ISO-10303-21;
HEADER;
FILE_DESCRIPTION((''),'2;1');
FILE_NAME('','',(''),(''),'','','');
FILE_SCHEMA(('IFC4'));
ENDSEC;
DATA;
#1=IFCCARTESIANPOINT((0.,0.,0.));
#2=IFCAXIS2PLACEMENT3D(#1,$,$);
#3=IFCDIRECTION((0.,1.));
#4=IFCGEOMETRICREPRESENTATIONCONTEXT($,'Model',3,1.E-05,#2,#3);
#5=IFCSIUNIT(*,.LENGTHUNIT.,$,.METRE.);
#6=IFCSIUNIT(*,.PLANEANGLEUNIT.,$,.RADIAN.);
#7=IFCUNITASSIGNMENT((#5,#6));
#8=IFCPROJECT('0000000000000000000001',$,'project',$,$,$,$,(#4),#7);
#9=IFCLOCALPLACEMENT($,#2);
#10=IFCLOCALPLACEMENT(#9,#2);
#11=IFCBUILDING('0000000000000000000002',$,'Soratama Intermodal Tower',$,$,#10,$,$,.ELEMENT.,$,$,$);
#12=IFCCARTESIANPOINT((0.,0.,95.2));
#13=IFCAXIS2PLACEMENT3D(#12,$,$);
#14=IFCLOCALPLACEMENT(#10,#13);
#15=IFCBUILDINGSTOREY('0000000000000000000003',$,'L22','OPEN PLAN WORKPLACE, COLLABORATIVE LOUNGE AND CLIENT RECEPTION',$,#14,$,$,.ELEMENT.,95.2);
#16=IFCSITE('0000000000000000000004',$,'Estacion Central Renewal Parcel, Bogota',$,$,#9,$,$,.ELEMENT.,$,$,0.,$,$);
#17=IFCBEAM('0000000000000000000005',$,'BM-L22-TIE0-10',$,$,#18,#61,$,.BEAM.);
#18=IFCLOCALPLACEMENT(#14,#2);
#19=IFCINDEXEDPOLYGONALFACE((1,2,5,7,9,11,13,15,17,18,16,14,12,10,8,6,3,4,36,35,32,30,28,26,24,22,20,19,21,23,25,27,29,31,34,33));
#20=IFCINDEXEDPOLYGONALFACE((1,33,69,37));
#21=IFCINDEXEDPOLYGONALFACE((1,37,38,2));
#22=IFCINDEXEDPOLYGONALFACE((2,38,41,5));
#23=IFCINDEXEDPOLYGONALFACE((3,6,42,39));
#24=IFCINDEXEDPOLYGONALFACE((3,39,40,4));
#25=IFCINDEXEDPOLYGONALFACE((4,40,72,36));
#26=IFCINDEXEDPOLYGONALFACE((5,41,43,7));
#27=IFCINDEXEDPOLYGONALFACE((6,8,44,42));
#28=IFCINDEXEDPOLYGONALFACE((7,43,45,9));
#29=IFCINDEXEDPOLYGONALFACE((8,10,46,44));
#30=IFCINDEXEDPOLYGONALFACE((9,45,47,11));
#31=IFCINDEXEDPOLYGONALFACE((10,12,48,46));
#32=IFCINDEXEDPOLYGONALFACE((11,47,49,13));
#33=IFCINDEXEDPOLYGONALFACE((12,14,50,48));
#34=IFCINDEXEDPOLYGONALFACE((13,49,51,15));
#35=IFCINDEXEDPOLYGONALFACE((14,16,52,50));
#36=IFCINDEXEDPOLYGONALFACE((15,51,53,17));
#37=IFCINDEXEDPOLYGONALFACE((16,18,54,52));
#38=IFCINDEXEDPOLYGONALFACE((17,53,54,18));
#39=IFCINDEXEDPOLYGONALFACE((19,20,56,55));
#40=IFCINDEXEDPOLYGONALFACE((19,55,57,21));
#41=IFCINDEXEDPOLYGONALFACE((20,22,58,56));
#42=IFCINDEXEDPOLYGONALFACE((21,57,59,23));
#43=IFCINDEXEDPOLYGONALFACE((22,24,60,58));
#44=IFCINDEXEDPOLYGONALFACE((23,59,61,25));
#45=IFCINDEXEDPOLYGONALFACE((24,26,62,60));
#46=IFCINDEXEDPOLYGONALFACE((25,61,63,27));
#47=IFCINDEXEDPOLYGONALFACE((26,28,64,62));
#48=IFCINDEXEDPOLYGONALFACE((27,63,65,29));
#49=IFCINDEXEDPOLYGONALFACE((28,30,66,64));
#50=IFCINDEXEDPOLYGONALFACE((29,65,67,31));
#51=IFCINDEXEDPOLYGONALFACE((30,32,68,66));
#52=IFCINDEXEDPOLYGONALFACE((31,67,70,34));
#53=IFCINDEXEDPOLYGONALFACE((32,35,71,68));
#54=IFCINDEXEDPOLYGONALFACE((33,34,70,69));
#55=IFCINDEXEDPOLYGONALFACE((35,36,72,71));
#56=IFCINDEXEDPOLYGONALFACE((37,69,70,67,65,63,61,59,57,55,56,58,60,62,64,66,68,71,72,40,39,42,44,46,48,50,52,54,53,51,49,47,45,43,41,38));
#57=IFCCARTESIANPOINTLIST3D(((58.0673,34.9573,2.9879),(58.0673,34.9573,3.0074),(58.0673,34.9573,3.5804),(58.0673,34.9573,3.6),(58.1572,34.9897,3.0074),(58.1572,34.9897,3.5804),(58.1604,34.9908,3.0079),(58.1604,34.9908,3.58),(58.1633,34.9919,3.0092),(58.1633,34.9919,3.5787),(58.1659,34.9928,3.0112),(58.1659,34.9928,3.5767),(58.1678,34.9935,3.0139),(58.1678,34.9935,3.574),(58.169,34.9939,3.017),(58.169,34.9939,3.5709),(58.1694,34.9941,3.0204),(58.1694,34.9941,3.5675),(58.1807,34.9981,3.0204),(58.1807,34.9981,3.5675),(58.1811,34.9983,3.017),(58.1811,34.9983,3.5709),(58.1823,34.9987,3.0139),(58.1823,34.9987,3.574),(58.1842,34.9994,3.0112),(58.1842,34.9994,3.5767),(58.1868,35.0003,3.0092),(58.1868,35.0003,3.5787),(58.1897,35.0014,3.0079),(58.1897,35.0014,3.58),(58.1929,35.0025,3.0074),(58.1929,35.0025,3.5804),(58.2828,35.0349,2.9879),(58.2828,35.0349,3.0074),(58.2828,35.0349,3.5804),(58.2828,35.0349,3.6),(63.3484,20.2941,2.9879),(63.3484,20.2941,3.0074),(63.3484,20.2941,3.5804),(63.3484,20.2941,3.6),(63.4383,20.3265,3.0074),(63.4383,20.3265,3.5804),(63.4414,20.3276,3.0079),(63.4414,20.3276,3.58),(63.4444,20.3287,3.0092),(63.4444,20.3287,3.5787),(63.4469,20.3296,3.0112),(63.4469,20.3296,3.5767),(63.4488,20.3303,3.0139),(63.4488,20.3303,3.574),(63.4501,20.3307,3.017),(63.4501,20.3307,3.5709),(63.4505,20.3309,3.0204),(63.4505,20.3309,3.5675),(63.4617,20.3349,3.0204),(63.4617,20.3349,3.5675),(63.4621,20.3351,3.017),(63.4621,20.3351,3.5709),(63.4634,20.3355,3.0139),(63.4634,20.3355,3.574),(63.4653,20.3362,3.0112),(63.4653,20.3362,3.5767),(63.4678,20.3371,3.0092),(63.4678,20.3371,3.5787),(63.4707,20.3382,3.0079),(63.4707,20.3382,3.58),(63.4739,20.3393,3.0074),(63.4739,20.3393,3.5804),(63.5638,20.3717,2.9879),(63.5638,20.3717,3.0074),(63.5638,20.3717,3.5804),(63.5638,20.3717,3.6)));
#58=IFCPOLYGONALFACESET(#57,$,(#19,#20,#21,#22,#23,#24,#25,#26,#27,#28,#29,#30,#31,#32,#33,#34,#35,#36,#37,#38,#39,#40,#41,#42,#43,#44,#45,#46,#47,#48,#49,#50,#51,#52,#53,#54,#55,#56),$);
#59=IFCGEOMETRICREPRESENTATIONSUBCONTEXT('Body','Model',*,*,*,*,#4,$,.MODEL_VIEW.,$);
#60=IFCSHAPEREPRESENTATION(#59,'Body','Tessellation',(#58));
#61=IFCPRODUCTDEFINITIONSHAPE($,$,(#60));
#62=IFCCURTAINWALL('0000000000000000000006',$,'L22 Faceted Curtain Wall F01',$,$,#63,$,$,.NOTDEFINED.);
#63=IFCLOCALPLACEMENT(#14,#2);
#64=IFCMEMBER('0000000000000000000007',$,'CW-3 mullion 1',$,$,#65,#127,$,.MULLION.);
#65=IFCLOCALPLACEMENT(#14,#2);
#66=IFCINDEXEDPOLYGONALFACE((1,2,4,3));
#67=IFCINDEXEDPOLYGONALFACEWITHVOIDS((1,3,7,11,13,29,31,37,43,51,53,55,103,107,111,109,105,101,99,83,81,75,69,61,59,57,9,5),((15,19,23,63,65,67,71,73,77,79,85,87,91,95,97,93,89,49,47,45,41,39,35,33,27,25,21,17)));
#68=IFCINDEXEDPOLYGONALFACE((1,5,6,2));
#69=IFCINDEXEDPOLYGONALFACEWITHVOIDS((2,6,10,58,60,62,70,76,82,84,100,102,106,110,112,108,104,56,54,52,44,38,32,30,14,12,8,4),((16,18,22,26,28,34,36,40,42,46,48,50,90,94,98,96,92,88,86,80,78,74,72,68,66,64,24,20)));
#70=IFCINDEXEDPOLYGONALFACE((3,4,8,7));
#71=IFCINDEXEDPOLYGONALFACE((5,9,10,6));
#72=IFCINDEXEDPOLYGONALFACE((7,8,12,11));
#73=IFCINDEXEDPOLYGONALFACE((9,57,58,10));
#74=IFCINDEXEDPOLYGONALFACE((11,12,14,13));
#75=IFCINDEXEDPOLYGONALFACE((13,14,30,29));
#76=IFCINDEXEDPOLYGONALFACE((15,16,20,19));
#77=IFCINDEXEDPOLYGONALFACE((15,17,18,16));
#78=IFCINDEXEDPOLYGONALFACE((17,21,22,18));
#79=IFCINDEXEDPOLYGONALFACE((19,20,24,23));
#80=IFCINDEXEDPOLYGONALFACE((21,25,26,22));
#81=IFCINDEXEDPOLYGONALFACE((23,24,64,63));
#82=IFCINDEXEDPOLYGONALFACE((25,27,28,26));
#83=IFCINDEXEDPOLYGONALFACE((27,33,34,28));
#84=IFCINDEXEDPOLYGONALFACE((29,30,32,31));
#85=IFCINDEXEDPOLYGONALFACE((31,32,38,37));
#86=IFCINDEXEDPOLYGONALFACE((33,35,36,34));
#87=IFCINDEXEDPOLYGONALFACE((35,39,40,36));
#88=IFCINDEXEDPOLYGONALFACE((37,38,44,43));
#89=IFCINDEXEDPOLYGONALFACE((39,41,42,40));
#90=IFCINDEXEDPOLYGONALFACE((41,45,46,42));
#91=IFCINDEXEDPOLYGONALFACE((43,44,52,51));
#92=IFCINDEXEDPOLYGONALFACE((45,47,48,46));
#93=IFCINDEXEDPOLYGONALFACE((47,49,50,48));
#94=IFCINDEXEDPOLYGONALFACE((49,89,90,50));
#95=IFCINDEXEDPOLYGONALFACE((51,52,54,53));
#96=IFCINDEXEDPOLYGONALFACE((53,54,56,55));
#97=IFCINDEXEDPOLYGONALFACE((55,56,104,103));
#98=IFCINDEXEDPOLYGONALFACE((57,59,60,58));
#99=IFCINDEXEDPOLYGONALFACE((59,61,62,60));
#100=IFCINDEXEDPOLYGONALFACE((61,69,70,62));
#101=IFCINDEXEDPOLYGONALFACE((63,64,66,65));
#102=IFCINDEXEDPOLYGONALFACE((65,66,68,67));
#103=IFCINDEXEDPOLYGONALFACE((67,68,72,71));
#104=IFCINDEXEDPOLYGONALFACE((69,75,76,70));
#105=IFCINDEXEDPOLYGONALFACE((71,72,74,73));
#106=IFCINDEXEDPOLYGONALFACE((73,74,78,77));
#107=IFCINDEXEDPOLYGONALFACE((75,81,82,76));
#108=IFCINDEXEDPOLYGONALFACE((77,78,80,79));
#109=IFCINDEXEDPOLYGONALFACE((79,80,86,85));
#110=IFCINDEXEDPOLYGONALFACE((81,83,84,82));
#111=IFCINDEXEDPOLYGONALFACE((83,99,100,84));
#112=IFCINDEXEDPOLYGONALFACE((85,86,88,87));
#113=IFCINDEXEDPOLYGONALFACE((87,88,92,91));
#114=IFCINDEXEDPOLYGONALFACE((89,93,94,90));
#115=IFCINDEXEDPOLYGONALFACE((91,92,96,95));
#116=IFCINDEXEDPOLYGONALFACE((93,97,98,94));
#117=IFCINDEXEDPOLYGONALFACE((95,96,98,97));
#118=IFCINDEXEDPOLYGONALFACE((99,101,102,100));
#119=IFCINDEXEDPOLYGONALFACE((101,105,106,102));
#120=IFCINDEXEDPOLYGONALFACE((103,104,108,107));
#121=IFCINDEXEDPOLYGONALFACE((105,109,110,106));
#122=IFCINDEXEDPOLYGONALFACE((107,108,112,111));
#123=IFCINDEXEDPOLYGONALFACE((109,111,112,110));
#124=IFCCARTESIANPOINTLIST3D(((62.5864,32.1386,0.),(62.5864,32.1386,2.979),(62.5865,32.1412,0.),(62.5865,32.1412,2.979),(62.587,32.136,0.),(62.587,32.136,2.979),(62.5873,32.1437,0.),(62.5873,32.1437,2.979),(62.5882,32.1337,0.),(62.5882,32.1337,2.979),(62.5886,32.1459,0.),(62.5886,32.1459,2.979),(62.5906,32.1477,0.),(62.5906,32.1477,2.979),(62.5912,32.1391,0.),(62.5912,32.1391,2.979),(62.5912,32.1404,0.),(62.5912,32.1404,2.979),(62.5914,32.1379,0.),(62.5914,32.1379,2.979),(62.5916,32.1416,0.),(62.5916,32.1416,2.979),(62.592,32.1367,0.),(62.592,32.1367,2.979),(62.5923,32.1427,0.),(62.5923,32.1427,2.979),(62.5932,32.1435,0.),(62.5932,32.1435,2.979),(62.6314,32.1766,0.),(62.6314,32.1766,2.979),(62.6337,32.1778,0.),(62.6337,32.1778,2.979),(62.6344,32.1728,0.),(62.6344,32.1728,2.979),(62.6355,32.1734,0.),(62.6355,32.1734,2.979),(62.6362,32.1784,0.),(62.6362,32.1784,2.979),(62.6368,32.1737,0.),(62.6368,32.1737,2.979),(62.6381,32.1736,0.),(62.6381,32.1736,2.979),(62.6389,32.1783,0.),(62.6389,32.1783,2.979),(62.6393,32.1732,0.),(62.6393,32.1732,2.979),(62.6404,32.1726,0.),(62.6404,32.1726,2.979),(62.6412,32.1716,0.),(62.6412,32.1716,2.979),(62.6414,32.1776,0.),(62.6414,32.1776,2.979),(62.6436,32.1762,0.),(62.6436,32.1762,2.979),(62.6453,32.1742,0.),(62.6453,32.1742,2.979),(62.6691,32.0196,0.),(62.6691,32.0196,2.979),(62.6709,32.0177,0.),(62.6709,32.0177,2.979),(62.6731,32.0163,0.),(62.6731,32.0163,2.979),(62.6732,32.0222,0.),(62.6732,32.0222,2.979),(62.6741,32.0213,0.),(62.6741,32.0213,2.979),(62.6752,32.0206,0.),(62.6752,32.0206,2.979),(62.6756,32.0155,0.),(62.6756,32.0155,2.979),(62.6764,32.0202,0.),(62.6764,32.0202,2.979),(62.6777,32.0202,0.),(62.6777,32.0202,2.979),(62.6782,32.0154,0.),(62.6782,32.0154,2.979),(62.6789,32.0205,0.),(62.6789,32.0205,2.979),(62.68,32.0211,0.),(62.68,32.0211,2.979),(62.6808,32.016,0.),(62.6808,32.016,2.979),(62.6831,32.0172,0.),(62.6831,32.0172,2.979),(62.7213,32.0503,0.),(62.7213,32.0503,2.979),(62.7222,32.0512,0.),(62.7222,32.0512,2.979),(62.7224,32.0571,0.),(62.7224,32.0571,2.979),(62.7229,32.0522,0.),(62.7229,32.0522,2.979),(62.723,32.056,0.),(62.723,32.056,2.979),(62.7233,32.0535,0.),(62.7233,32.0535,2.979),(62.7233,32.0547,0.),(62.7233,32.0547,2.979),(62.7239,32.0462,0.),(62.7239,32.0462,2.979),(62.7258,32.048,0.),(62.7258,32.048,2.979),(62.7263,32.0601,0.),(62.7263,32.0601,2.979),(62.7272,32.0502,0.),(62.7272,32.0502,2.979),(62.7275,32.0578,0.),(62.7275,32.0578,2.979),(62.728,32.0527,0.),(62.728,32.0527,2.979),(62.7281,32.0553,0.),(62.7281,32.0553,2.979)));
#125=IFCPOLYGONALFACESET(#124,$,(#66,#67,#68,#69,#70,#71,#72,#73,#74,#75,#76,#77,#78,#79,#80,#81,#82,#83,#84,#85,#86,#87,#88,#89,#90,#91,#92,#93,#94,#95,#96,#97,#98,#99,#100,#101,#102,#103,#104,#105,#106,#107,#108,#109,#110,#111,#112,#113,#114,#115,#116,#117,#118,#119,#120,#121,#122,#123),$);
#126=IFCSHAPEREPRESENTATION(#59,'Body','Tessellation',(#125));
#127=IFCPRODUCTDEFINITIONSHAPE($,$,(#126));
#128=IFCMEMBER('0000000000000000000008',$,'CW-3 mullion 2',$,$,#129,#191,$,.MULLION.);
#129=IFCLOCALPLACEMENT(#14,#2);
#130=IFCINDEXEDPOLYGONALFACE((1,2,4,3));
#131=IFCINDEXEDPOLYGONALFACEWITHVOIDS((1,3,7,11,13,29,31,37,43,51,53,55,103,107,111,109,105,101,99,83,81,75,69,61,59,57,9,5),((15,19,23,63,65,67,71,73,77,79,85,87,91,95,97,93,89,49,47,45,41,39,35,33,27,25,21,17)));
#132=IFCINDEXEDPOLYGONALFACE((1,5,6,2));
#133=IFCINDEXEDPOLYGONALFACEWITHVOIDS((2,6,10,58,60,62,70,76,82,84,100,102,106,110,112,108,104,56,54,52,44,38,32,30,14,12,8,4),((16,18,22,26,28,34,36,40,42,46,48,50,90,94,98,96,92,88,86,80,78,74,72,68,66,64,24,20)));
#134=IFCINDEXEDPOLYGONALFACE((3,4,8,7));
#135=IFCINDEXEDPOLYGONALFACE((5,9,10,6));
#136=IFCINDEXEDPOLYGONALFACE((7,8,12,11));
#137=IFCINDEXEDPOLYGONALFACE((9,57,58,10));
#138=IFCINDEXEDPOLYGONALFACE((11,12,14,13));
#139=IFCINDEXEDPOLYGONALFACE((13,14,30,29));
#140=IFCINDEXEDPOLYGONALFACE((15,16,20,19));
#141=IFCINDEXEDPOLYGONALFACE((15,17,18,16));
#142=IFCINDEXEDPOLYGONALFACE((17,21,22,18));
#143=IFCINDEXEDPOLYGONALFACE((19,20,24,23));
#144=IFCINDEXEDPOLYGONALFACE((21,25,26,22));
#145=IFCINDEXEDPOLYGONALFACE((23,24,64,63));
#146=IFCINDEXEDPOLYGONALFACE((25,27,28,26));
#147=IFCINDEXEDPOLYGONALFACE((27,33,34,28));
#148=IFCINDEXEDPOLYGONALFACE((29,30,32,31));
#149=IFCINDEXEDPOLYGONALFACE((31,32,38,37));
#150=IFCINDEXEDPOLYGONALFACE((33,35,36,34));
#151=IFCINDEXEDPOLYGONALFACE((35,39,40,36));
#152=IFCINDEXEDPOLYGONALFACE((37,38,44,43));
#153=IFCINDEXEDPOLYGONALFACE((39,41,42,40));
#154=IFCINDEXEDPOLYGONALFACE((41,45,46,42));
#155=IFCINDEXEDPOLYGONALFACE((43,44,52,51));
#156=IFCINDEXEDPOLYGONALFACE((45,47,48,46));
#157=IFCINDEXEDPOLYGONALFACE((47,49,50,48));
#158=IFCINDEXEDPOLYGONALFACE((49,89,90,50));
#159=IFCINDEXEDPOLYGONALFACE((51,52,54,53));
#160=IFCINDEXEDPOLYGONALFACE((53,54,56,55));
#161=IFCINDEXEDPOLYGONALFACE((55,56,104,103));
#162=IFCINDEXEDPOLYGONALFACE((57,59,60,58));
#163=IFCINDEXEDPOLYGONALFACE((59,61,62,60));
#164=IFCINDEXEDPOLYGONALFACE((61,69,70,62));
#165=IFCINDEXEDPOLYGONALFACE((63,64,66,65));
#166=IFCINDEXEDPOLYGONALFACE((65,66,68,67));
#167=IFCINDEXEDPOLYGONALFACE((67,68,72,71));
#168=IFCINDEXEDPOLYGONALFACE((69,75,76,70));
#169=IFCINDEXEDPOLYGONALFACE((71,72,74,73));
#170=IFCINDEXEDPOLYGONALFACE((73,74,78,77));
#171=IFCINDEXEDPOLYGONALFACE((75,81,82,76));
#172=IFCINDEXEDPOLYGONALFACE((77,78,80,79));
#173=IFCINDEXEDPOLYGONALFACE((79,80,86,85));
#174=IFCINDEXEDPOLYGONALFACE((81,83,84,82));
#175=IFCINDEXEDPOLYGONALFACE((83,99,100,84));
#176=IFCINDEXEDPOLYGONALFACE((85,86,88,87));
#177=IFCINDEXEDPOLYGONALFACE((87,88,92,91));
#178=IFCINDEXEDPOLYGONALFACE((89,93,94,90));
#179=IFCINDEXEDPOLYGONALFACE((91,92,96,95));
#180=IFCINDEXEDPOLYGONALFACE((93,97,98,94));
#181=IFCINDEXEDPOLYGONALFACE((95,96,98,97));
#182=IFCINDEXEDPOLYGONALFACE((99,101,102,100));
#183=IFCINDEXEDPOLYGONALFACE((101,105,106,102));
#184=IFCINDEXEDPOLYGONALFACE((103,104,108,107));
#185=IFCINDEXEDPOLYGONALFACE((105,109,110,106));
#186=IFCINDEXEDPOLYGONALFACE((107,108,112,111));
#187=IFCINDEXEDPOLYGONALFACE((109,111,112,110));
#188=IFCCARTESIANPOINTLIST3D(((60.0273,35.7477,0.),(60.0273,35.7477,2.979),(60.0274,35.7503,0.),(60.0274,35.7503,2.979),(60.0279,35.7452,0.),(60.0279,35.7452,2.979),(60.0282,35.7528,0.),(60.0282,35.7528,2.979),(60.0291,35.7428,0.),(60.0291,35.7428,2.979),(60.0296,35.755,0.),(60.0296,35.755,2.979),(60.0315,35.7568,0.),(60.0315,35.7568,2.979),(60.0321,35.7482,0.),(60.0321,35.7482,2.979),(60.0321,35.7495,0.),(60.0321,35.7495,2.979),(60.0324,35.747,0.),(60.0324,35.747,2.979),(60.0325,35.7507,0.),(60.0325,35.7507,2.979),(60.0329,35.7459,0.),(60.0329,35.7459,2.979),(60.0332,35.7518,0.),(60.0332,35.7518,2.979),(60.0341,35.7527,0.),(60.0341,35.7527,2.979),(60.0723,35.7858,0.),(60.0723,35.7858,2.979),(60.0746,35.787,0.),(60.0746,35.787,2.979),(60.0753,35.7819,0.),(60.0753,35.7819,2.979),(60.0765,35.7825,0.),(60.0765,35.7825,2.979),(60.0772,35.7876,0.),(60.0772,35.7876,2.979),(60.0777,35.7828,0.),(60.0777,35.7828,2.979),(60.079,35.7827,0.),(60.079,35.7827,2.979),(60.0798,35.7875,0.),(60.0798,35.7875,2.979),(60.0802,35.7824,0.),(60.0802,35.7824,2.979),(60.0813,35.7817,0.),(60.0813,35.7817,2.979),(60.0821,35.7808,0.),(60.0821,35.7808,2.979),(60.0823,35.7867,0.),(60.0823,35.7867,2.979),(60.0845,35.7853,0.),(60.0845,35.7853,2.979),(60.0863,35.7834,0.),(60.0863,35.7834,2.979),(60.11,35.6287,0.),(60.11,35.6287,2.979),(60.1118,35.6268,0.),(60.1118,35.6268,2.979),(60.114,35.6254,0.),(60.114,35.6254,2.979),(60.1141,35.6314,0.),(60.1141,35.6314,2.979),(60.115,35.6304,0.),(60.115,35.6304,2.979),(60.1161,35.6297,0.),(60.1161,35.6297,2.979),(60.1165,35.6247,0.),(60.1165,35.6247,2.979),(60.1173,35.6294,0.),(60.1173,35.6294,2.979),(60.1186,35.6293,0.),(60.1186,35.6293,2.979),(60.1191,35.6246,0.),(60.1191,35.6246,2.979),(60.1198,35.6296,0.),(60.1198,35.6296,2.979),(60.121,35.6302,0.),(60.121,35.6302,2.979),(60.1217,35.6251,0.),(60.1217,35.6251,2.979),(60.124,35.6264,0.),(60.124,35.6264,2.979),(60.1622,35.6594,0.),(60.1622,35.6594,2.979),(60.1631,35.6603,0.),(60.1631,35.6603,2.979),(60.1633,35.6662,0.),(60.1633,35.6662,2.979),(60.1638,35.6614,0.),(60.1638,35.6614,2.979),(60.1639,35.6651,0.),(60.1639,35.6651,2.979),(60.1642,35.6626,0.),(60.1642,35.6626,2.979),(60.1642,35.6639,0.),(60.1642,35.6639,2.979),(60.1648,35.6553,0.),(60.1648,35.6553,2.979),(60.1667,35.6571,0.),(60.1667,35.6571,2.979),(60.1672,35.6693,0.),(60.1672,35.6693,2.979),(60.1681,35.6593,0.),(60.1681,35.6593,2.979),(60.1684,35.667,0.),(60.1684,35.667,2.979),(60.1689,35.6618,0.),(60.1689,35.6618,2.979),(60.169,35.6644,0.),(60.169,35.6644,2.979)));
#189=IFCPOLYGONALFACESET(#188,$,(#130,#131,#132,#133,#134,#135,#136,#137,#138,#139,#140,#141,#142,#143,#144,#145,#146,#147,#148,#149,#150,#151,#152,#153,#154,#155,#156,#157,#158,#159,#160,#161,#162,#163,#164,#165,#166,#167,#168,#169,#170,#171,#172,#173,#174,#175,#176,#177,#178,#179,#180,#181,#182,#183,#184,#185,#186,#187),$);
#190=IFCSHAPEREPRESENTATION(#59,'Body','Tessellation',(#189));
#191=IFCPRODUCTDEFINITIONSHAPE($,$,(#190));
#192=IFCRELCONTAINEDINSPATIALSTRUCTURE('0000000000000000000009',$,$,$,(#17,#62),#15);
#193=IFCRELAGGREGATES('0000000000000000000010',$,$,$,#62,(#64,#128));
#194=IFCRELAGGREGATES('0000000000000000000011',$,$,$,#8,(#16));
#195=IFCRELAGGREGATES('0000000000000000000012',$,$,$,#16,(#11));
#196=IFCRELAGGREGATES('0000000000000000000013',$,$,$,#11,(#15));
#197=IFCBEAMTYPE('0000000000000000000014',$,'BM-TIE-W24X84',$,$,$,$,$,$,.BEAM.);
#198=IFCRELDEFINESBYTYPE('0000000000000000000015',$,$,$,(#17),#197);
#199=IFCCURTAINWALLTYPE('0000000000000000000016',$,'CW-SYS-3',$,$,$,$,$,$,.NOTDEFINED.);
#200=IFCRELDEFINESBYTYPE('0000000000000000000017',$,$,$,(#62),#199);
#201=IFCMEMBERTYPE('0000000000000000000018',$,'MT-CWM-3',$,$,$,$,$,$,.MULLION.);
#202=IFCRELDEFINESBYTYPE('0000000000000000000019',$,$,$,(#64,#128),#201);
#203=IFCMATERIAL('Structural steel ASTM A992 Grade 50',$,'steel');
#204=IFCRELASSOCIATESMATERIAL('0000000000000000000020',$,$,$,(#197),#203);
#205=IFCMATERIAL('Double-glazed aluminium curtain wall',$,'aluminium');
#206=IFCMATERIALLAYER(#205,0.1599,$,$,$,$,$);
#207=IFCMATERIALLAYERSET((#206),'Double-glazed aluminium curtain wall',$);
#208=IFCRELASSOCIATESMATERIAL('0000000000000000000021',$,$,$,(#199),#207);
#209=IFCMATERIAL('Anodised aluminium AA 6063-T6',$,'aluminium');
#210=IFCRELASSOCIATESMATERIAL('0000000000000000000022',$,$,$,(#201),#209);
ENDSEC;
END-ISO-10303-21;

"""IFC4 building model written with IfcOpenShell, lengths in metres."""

from ifc_helpers import new_model, si_unit, direction, frame, origin, origin_2d, place, context, subcontext, project, spatial, hollow_rectangle, i_section, extrude, material, layer, layer_set, material_profile, profile_set, type_object, element, aggregate, save


model = new_model("IFC4")

# Units and contexts
model_context = context("Model", 3, precision=1e-05, world=origin(), true_north=direction((0.0, 1.0)))
body_context = subcontext(model_context, "Body", "Model", "MODEL_VIEW")
ifc_project = project(units=[si_unit("LENGTHUNIT", "METRE"), si_unit("PLANEANGLEUNIT", "RADIAN")], contexts=[model_context])

# Site, building, storey
site_placement = place(None, origin())
site = spatial("IfcSite", under=ifc_project, at=site_placement, Name="Estacion Central Renewal Parcel, Bogota", CompositionType="ELEMENT", RefElevation=0.0)
building_placement = place(site_placement, origin())
building = spatial("IfcBuilding", under=site, at=building_placement, Name="Soratama Intermodal Tower", CompositionType="ELEMENT")
storey_placement = place(building_placement, frame((0.0, 0.0, 95.2)))
storey = spatial("IfcBuildingStorey", under=building, at=storey_placement, Name="L22", Description="OPEN PLAN WORKPLACE, COLLABORATIVE LOUNGE AND CLIENT RECEPTION", CompositionType="ELEMENT", Elevation=95.2)

# Beam
ifc_material_1 = material(Name="Structural steel ASTM A992 Grade 50", Category="steel")
ifc_material_profile_1 = material_profile(ifc_material_1, i_section(OverallWidth=0.229, OverallDepth=0.6121, WebThickness=0.012, FlangeThickness=0.0195, FilletRadius=0.0129, at=origin_2d()), Name="W24X84")
ifc_profile_set_1 = profile_set([ifc_material_profile_1], Name="Structural steel ASTM A992 Grade 50")
beam_type_1 = type_object("IfcBeamType", Name="BM-TIE-W24X84", PredefinedType="BEAM", material=ifc_profile_set_1)
beam_1_placement = place(storey_placement, frame((58.175, 34.9961, 3.2939), z_axis=(0.33885, -0.94084, 0.0), x_axis=(0.94084, 0.33885, 0.0)))
element("IfcBeam", 1, at=beam_1_placement, inside=storey, type_object=beam_type_1, Name="BM-L22-TIE0-10", PredefinedType="BEAM", context=body_context, shape_type="SweptSolid", body=[
    extrude(i_section(OverallWidth=0.229, OverallDepth=0.6121, WebThickness=0.012, FlangeThickness=0.0195, FilletRadius=0.0129, at=origin_2d()), origin(), (0.0, 0.0, 1.0), 15.5852),
])

# Curtain wall, members
ifc_material_2 = material(Name="Double-glazed aluminium curtain wall", Category="aluminium")
ifc_layer_1 = layer(ifc_material_2, 0.1599)
ifc_layer_set_1 = layer_set([ifc_layer_1], Name="Double-glazed aluminium curtain wall")
curtain_wall_type = type_object("IfcCurtainWallType", Name="CW-SYS-3", PredefinedType="NOTDEFINED", material=ifc_layer_set_1)
curtain_wall_placement = place(storey_placement, origin())
curtain_wall = element("IfcCurtainWall", 2, at=curtain_wall_placement, inside=storey, type_object=curtain_wall_type, Name="L22 Faceted Curtain Wall F01", PredefinedType="NOTDEFINED")
ifc_material_3 = material(Name="Anodised aluminium AA 6063-T6", Category="aluminium")
ifc_material_profile_2 = material_profile(ifc_material_3, hollow_rectangle(XDim=0.0701, YDim=0.1599, WallThickness=0.0049, InnerFilletRadius=0.0049, OuterFilletRadius=0.01, at=origin_2d()), Name="CWM160X70X5")
ifc_profile_set_2 = profile_set([ifc_material_profile_2], Name="Anodised aluminium AA 6063-T6")
member_type_1 = type_object("IfcMemberType", Name="MT-CWM-3", PredefinedType="MULLION", material=ifc_profile_set_2)
member_1_placement = place(storey_placement, frame((62.6572, 32.0969, 0.0), z_axis=(0.0, 0.0, 1.0), x_axis=(-0.815736, -0.578424, 0.0)))
member_1 = element("IfcMember", 3, at=member_1_placement, type_object=member_type_1, Name="CW-3 mullion 1", PredefinedType="MULLION", context=body_context, shape_type="SweptSolid", body=[
    extrude(hollow_rectangle(XDim=0.0701, YDim=0.1599, WallThickness=0.0049, InnerFilletRadius=0.0049, OuterFilletRadius=0.01, at=origin_2d()), origin(), (0.0, 0.0, 1.0), 2.979),
])
member_2_placement = place(storey_placement, frame((60.0981, 35.7061, 0.0), z_axis=(0.0, 0.0, 1.0), x_axis=(-0.815736, -0.578424, 0.0)))
member_2 = element("IfcMember", 4, at=member_2_placement, type_object=member_type_1, Name="CW-3 mullion 2", PredefinedType="MULLION", context=body_context, shape_type="SweptSolid", body=[
    extrude(hollow_rectangle(XDim=0.0701, YDim=0.1599, WallThickness=0.0049, InnerFilletRadius=0.0049, OuterFilletRadius=0.01, at=origin_2d()), origin(), (0.0, 0.0, 1.0), 2.979),
])
aggregate(curtain_wall, [member_1, member_2])

save(model, "model.ifc")
